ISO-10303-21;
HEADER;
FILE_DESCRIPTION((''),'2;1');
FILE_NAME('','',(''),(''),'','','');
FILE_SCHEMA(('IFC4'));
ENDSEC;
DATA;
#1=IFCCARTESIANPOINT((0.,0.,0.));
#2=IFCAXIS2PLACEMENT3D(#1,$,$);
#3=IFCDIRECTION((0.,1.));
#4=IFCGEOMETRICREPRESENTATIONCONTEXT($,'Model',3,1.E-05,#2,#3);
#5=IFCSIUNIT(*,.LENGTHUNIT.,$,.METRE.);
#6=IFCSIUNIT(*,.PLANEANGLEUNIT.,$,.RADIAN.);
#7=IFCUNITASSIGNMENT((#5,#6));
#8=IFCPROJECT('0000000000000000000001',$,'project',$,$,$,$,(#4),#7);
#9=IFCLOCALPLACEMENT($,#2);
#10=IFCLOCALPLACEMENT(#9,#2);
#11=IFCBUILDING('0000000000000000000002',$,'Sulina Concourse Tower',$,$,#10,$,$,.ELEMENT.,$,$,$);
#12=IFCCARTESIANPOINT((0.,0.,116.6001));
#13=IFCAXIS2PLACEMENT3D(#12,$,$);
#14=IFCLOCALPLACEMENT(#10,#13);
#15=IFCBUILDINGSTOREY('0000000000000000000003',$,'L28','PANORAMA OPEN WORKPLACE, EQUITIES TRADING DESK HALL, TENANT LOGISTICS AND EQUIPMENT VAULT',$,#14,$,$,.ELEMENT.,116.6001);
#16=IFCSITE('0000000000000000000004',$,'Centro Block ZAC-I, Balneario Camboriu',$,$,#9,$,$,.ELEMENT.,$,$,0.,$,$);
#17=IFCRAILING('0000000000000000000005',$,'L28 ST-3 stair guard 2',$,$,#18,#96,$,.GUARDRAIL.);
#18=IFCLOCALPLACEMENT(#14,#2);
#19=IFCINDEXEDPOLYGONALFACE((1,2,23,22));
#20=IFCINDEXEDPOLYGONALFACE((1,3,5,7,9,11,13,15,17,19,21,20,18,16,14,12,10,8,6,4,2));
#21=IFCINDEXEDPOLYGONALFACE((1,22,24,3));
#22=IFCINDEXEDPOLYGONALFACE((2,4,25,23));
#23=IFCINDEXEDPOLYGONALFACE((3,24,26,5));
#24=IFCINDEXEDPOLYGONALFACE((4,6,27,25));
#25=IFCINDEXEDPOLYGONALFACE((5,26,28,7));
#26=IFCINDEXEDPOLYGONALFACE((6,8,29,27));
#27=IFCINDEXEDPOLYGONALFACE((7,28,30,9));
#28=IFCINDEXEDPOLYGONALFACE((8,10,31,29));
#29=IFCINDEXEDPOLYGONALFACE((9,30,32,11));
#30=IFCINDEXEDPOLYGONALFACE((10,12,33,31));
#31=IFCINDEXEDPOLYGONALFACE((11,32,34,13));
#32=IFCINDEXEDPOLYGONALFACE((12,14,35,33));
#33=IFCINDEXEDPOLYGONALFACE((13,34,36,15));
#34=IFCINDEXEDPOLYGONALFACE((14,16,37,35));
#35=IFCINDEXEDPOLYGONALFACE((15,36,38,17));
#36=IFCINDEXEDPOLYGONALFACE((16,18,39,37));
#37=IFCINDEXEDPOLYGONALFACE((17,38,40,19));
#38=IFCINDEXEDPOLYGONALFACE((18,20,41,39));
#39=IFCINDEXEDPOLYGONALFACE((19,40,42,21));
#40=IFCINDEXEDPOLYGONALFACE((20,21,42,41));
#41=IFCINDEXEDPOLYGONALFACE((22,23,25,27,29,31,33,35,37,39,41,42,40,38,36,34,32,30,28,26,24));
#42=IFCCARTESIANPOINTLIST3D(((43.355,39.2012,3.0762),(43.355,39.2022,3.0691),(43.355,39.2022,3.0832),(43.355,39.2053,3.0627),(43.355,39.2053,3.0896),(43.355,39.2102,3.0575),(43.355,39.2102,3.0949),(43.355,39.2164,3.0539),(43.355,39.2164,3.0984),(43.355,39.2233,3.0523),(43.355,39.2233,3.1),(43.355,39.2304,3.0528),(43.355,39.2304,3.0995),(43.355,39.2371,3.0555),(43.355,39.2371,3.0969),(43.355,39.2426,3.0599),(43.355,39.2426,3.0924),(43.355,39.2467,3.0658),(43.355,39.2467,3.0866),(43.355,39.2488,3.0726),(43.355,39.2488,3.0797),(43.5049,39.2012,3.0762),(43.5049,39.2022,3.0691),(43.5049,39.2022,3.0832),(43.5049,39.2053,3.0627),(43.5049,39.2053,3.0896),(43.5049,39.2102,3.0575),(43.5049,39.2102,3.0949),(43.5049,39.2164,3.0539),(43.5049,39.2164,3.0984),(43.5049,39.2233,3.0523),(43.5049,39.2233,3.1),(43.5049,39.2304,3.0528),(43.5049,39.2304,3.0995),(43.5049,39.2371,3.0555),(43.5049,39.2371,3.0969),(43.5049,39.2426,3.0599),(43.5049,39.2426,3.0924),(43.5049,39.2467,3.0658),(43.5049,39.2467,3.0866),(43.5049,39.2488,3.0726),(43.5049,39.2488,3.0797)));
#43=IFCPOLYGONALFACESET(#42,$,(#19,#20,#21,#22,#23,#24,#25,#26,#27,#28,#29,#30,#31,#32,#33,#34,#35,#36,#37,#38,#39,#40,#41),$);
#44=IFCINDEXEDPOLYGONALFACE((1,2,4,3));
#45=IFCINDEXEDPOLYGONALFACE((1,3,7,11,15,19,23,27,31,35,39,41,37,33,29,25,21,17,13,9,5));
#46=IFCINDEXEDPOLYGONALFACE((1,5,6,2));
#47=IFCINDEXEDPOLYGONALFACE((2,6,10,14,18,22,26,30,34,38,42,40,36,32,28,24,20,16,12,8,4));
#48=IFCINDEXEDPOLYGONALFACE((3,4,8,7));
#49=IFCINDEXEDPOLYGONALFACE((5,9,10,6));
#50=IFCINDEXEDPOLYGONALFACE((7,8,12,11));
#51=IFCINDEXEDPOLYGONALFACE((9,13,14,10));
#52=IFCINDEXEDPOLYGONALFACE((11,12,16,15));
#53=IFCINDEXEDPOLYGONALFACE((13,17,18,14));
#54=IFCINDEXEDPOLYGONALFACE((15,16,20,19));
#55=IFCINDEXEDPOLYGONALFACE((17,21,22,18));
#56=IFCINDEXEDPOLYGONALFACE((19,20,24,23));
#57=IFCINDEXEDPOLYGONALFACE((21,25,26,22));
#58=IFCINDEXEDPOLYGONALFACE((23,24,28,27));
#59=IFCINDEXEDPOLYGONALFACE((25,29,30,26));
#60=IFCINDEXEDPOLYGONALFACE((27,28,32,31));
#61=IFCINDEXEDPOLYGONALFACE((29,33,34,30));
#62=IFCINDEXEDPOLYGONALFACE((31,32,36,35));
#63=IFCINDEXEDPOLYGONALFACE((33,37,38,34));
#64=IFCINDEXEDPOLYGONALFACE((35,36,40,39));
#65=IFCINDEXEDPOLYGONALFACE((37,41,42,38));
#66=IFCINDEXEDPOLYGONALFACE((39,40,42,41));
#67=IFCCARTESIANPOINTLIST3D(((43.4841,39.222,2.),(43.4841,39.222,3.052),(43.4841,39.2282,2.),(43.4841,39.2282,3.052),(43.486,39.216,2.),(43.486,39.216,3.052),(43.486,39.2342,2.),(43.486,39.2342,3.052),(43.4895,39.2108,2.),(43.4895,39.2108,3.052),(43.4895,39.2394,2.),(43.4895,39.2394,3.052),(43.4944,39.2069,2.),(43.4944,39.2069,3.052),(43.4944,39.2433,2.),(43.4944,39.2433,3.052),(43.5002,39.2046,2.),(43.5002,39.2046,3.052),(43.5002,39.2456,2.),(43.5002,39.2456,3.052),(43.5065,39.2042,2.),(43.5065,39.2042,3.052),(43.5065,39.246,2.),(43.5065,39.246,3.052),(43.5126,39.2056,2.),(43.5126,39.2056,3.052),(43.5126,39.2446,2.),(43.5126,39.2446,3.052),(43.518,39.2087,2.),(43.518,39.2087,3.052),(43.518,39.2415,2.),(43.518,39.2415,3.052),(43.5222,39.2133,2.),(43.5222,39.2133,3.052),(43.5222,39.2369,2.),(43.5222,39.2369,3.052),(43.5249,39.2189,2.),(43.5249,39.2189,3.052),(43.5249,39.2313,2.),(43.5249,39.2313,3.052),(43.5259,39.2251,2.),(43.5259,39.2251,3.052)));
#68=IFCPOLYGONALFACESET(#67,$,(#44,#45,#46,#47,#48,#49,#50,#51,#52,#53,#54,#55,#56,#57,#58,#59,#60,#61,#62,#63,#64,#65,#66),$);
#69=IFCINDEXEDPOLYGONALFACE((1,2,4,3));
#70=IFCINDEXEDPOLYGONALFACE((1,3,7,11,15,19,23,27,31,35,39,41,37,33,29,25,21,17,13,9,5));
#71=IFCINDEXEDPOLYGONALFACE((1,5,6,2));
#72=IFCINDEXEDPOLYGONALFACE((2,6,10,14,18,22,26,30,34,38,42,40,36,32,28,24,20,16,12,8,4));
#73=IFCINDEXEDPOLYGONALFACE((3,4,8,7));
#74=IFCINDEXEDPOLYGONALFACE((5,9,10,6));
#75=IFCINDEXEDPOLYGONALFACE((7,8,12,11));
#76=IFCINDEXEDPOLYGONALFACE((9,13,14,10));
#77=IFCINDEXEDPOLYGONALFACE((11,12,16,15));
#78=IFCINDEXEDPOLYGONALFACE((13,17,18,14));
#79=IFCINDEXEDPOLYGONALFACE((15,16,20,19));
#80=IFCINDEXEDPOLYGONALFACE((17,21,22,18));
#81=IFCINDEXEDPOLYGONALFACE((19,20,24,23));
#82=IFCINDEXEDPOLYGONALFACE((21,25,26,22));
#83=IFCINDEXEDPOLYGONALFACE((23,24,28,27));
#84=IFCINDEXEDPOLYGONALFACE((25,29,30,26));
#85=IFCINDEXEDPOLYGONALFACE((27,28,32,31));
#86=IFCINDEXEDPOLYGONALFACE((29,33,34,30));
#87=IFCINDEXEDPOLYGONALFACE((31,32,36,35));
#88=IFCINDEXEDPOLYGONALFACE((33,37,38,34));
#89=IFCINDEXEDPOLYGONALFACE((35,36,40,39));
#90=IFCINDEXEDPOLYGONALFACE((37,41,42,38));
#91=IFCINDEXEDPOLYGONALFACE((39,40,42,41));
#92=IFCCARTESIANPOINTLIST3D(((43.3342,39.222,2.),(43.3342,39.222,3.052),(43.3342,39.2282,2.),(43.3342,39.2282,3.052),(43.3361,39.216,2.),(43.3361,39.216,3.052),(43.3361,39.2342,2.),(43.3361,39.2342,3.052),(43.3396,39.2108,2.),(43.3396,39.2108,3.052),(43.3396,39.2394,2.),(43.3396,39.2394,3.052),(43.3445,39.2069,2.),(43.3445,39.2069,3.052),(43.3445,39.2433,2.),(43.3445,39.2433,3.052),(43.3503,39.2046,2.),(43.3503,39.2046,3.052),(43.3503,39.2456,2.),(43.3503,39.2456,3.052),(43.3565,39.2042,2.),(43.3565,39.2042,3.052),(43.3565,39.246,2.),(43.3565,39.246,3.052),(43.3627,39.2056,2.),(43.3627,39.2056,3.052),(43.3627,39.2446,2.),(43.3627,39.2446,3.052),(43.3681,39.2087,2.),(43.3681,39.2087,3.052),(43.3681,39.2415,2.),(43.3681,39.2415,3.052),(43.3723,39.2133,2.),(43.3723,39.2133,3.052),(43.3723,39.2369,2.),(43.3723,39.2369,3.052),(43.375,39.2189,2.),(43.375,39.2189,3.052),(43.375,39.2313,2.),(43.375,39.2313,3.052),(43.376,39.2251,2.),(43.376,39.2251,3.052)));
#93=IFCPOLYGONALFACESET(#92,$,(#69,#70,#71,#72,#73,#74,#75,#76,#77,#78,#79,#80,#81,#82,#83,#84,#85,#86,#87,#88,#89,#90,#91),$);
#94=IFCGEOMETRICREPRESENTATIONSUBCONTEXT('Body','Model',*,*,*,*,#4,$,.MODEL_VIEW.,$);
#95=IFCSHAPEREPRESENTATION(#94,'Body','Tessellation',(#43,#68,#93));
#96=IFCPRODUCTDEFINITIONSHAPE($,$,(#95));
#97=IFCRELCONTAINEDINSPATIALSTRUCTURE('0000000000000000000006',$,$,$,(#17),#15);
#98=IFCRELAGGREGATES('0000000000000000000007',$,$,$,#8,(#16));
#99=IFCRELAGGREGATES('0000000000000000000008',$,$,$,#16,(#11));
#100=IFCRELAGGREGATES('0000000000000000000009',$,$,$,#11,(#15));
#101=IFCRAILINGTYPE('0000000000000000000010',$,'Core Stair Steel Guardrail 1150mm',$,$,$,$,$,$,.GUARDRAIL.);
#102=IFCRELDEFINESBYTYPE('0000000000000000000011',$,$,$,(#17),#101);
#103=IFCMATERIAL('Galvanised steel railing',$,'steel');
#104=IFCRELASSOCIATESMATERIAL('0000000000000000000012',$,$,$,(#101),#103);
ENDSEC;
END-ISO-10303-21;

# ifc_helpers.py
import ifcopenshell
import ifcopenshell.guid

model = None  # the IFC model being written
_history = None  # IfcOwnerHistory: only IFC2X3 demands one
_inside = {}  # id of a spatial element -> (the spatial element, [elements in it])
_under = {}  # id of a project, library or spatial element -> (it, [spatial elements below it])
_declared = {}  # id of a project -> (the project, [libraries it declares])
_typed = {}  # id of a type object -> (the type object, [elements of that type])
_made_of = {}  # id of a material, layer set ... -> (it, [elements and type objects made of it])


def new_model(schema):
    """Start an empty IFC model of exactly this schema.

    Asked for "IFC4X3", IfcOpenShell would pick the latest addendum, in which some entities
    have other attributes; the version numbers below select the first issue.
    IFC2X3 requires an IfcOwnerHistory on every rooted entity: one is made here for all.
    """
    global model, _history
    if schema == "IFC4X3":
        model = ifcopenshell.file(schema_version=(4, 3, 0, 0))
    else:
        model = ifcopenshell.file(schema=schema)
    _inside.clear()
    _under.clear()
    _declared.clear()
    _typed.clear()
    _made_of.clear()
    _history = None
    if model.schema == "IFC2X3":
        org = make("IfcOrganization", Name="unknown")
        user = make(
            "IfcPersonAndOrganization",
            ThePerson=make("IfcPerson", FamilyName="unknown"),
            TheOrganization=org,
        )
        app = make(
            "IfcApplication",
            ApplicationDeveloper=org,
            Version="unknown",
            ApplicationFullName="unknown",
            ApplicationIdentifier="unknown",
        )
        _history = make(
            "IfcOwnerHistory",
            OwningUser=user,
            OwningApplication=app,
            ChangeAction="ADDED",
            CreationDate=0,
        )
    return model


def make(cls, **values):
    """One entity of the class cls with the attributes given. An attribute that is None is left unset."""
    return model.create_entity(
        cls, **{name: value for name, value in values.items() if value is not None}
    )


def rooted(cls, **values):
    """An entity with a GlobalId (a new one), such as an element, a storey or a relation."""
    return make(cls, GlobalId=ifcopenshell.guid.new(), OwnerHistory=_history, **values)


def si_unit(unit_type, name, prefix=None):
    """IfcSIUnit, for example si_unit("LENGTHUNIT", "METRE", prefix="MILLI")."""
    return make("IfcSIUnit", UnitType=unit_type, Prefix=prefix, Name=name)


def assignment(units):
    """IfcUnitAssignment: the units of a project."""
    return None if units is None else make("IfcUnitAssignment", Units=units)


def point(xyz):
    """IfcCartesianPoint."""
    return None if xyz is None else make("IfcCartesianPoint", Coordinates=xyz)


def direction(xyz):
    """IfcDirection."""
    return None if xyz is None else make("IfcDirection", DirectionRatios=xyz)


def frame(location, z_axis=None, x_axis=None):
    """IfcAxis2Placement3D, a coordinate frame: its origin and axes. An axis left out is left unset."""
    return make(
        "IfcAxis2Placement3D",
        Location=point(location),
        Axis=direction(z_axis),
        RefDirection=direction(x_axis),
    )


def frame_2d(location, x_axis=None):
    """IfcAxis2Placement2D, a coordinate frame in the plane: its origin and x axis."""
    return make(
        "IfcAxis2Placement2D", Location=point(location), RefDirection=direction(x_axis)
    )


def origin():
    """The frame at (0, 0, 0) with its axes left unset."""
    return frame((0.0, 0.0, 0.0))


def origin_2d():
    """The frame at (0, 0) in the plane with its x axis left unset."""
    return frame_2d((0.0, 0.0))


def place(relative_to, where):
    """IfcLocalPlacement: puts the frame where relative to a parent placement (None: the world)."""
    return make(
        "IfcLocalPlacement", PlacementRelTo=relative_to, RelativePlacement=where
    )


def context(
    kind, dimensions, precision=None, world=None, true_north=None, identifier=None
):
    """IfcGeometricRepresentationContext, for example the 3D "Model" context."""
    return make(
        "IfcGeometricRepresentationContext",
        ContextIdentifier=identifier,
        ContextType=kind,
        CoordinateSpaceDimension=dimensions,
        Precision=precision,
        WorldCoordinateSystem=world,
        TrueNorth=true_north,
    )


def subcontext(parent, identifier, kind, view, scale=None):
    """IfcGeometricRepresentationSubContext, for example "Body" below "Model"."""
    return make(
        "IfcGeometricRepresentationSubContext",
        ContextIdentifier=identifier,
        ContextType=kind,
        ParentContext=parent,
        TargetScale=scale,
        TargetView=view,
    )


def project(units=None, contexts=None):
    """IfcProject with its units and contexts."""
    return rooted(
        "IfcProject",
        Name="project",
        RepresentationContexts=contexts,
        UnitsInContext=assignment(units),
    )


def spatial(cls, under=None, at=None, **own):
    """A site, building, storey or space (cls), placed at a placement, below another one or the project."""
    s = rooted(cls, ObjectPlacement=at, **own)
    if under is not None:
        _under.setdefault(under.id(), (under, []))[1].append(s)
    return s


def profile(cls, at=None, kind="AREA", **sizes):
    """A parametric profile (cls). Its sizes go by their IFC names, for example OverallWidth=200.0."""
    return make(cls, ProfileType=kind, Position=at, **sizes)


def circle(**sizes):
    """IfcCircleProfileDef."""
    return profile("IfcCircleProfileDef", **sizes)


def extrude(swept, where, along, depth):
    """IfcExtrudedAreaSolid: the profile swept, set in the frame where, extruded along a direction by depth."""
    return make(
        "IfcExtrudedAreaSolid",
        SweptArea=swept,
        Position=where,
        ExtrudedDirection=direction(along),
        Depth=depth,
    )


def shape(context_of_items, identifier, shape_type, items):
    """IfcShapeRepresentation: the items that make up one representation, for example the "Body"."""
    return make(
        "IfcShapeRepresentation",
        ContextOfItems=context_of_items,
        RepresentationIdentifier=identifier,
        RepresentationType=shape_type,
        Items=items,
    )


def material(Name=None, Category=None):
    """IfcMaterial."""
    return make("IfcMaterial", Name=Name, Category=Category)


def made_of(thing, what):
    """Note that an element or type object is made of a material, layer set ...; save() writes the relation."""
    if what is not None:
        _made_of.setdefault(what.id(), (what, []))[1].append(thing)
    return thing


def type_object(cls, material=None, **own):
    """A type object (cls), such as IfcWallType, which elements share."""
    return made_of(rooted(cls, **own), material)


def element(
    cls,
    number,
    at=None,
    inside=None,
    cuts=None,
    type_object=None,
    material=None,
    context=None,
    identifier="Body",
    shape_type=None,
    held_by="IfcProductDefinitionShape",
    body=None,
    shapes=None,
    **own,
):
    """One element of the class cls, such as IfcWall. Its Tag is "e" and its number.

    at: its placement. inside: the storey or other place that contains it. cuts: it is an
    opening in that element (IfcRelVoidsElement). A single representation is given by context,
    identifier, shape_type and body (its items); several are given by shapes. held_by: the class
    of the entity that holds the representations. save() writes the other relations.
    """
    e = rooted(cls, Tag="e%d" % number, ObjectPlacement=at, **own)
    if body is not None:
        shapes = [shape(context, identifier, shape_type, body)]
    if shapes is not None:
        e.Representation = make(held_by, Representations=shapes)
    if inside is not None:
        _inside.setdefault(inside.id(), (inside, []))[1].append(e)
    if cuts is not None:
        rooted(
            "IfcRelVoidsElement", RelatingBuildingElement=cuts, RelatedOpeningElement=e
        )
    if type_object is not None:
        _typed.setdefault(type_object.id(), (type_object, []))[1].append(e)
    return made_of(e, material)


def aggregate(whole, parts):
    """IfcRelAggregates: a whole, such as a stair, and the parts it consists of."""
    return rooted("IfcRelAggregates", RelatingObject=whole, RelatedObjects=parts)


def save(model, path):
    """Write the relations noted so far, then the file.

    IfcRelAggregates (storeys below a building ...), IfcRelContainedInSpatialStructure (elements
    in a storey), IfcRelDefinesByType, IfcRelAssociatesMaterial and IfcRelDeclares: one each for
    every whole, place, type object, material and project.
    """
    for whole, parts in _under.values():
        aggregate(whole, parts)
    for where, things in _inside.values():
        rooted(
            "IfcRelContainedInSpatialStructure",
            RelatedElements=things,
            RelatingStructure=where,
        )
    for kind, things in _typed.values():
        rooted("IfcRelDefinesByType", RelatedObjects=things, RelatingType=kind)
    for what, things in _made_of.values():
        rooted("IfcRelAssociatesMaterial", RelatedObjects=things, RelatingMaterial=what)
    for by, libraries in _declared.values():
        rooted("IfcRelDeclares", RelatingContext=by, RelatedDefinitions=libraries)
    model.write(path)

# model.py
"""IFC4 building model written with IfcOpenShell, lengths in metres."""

from ifc_helpers import new_model, si_unit, direction, frame, origin, origin_2d, place, context, subcontext, project, spatial, circle, extrude, material, type_object, element, save


model = new_model("IFC4")

# Units and contexts
model_context = context("Model", 3, precision=1e-05, world=origin(), true_north=direction((0.0, 1.0)))
body_context = subcontext(model_context, "Body", "Model", "MODEL_VIEW")
ifc_project = project(units=[si_unit("LENGTHUNIT", "METRE"), si_unit("PLANEANGLEUNIT", "RADIAN")], contexts=[model_context])

# Site, building, storey
site_placement = place(None, origin())
site = spatial("IfcSite", under=ifc_project, at=site_placement, Name="Centro Block ZAC-I, Balneario Camboriu", CompositionType="ELEMENT", RefElevation=0.0)
building_placement = place(site_placement, origin())
building = spatial("IfcBuilding", under=site, at=building_placement, Name="Sulina Concourse Tower", CompositionType="ELEMENT")
storey_placement = place(building_placement, frame((0.0, 0.0, 116.6001)))
storey = spatial("IfcBuildingStorey", under=building, at=storey_placement, Name="L28", Description="PANORAMA OPEN WORKPLACE, EQUITIES TRADING DESK HALL, TENANT LOGISTICS AND EQUIPMENT VAULT", CompositionType="ELEMENT", Elevation=116.6001)

# Railing
ifc_material_1 = material(Name="Galvanised steel railing", Category="steel")
railing_type_1 = type_object("IfcRailingType", Name="Core Stair Steel Guardrail 1150mm", PredefinedType="GUARDRAIL", material=ifc_material_1)
railing_1_placement = place(storey_placement, frame((43.5049, 39.2251, 2.0)))
element("IfcRailing", 1, at=railing_1_placement, inside=storey, type_object=railing_type_1, Name="L28 ST-3 stair guard 2", PredefinedType="GUARDRAIL", context=body_context, shape_type="SweptSolid", body=[
    extrude(circle(Radius=0.0239, at=origin_2d()), frame((0.0, 0.0, 1.0762), z_axis=(-1.0, 0.0, 0.0), x_axis=(0.0, -1.0, 0.0)), (0.0, 0.0, 1.0), 0.1499),
    extrude(circle(Radius=0.021, at=origin_2d()), origin(), (0.0, 0.0, 1.0), 1.052),
    extrude(circle(Radius=0.021, at=origin_2d()), frame((-0.1499, 0.0, 0.0)), (0.0, 0.0, 1.0), 1.052),
])

save(model, "model.ifc")
